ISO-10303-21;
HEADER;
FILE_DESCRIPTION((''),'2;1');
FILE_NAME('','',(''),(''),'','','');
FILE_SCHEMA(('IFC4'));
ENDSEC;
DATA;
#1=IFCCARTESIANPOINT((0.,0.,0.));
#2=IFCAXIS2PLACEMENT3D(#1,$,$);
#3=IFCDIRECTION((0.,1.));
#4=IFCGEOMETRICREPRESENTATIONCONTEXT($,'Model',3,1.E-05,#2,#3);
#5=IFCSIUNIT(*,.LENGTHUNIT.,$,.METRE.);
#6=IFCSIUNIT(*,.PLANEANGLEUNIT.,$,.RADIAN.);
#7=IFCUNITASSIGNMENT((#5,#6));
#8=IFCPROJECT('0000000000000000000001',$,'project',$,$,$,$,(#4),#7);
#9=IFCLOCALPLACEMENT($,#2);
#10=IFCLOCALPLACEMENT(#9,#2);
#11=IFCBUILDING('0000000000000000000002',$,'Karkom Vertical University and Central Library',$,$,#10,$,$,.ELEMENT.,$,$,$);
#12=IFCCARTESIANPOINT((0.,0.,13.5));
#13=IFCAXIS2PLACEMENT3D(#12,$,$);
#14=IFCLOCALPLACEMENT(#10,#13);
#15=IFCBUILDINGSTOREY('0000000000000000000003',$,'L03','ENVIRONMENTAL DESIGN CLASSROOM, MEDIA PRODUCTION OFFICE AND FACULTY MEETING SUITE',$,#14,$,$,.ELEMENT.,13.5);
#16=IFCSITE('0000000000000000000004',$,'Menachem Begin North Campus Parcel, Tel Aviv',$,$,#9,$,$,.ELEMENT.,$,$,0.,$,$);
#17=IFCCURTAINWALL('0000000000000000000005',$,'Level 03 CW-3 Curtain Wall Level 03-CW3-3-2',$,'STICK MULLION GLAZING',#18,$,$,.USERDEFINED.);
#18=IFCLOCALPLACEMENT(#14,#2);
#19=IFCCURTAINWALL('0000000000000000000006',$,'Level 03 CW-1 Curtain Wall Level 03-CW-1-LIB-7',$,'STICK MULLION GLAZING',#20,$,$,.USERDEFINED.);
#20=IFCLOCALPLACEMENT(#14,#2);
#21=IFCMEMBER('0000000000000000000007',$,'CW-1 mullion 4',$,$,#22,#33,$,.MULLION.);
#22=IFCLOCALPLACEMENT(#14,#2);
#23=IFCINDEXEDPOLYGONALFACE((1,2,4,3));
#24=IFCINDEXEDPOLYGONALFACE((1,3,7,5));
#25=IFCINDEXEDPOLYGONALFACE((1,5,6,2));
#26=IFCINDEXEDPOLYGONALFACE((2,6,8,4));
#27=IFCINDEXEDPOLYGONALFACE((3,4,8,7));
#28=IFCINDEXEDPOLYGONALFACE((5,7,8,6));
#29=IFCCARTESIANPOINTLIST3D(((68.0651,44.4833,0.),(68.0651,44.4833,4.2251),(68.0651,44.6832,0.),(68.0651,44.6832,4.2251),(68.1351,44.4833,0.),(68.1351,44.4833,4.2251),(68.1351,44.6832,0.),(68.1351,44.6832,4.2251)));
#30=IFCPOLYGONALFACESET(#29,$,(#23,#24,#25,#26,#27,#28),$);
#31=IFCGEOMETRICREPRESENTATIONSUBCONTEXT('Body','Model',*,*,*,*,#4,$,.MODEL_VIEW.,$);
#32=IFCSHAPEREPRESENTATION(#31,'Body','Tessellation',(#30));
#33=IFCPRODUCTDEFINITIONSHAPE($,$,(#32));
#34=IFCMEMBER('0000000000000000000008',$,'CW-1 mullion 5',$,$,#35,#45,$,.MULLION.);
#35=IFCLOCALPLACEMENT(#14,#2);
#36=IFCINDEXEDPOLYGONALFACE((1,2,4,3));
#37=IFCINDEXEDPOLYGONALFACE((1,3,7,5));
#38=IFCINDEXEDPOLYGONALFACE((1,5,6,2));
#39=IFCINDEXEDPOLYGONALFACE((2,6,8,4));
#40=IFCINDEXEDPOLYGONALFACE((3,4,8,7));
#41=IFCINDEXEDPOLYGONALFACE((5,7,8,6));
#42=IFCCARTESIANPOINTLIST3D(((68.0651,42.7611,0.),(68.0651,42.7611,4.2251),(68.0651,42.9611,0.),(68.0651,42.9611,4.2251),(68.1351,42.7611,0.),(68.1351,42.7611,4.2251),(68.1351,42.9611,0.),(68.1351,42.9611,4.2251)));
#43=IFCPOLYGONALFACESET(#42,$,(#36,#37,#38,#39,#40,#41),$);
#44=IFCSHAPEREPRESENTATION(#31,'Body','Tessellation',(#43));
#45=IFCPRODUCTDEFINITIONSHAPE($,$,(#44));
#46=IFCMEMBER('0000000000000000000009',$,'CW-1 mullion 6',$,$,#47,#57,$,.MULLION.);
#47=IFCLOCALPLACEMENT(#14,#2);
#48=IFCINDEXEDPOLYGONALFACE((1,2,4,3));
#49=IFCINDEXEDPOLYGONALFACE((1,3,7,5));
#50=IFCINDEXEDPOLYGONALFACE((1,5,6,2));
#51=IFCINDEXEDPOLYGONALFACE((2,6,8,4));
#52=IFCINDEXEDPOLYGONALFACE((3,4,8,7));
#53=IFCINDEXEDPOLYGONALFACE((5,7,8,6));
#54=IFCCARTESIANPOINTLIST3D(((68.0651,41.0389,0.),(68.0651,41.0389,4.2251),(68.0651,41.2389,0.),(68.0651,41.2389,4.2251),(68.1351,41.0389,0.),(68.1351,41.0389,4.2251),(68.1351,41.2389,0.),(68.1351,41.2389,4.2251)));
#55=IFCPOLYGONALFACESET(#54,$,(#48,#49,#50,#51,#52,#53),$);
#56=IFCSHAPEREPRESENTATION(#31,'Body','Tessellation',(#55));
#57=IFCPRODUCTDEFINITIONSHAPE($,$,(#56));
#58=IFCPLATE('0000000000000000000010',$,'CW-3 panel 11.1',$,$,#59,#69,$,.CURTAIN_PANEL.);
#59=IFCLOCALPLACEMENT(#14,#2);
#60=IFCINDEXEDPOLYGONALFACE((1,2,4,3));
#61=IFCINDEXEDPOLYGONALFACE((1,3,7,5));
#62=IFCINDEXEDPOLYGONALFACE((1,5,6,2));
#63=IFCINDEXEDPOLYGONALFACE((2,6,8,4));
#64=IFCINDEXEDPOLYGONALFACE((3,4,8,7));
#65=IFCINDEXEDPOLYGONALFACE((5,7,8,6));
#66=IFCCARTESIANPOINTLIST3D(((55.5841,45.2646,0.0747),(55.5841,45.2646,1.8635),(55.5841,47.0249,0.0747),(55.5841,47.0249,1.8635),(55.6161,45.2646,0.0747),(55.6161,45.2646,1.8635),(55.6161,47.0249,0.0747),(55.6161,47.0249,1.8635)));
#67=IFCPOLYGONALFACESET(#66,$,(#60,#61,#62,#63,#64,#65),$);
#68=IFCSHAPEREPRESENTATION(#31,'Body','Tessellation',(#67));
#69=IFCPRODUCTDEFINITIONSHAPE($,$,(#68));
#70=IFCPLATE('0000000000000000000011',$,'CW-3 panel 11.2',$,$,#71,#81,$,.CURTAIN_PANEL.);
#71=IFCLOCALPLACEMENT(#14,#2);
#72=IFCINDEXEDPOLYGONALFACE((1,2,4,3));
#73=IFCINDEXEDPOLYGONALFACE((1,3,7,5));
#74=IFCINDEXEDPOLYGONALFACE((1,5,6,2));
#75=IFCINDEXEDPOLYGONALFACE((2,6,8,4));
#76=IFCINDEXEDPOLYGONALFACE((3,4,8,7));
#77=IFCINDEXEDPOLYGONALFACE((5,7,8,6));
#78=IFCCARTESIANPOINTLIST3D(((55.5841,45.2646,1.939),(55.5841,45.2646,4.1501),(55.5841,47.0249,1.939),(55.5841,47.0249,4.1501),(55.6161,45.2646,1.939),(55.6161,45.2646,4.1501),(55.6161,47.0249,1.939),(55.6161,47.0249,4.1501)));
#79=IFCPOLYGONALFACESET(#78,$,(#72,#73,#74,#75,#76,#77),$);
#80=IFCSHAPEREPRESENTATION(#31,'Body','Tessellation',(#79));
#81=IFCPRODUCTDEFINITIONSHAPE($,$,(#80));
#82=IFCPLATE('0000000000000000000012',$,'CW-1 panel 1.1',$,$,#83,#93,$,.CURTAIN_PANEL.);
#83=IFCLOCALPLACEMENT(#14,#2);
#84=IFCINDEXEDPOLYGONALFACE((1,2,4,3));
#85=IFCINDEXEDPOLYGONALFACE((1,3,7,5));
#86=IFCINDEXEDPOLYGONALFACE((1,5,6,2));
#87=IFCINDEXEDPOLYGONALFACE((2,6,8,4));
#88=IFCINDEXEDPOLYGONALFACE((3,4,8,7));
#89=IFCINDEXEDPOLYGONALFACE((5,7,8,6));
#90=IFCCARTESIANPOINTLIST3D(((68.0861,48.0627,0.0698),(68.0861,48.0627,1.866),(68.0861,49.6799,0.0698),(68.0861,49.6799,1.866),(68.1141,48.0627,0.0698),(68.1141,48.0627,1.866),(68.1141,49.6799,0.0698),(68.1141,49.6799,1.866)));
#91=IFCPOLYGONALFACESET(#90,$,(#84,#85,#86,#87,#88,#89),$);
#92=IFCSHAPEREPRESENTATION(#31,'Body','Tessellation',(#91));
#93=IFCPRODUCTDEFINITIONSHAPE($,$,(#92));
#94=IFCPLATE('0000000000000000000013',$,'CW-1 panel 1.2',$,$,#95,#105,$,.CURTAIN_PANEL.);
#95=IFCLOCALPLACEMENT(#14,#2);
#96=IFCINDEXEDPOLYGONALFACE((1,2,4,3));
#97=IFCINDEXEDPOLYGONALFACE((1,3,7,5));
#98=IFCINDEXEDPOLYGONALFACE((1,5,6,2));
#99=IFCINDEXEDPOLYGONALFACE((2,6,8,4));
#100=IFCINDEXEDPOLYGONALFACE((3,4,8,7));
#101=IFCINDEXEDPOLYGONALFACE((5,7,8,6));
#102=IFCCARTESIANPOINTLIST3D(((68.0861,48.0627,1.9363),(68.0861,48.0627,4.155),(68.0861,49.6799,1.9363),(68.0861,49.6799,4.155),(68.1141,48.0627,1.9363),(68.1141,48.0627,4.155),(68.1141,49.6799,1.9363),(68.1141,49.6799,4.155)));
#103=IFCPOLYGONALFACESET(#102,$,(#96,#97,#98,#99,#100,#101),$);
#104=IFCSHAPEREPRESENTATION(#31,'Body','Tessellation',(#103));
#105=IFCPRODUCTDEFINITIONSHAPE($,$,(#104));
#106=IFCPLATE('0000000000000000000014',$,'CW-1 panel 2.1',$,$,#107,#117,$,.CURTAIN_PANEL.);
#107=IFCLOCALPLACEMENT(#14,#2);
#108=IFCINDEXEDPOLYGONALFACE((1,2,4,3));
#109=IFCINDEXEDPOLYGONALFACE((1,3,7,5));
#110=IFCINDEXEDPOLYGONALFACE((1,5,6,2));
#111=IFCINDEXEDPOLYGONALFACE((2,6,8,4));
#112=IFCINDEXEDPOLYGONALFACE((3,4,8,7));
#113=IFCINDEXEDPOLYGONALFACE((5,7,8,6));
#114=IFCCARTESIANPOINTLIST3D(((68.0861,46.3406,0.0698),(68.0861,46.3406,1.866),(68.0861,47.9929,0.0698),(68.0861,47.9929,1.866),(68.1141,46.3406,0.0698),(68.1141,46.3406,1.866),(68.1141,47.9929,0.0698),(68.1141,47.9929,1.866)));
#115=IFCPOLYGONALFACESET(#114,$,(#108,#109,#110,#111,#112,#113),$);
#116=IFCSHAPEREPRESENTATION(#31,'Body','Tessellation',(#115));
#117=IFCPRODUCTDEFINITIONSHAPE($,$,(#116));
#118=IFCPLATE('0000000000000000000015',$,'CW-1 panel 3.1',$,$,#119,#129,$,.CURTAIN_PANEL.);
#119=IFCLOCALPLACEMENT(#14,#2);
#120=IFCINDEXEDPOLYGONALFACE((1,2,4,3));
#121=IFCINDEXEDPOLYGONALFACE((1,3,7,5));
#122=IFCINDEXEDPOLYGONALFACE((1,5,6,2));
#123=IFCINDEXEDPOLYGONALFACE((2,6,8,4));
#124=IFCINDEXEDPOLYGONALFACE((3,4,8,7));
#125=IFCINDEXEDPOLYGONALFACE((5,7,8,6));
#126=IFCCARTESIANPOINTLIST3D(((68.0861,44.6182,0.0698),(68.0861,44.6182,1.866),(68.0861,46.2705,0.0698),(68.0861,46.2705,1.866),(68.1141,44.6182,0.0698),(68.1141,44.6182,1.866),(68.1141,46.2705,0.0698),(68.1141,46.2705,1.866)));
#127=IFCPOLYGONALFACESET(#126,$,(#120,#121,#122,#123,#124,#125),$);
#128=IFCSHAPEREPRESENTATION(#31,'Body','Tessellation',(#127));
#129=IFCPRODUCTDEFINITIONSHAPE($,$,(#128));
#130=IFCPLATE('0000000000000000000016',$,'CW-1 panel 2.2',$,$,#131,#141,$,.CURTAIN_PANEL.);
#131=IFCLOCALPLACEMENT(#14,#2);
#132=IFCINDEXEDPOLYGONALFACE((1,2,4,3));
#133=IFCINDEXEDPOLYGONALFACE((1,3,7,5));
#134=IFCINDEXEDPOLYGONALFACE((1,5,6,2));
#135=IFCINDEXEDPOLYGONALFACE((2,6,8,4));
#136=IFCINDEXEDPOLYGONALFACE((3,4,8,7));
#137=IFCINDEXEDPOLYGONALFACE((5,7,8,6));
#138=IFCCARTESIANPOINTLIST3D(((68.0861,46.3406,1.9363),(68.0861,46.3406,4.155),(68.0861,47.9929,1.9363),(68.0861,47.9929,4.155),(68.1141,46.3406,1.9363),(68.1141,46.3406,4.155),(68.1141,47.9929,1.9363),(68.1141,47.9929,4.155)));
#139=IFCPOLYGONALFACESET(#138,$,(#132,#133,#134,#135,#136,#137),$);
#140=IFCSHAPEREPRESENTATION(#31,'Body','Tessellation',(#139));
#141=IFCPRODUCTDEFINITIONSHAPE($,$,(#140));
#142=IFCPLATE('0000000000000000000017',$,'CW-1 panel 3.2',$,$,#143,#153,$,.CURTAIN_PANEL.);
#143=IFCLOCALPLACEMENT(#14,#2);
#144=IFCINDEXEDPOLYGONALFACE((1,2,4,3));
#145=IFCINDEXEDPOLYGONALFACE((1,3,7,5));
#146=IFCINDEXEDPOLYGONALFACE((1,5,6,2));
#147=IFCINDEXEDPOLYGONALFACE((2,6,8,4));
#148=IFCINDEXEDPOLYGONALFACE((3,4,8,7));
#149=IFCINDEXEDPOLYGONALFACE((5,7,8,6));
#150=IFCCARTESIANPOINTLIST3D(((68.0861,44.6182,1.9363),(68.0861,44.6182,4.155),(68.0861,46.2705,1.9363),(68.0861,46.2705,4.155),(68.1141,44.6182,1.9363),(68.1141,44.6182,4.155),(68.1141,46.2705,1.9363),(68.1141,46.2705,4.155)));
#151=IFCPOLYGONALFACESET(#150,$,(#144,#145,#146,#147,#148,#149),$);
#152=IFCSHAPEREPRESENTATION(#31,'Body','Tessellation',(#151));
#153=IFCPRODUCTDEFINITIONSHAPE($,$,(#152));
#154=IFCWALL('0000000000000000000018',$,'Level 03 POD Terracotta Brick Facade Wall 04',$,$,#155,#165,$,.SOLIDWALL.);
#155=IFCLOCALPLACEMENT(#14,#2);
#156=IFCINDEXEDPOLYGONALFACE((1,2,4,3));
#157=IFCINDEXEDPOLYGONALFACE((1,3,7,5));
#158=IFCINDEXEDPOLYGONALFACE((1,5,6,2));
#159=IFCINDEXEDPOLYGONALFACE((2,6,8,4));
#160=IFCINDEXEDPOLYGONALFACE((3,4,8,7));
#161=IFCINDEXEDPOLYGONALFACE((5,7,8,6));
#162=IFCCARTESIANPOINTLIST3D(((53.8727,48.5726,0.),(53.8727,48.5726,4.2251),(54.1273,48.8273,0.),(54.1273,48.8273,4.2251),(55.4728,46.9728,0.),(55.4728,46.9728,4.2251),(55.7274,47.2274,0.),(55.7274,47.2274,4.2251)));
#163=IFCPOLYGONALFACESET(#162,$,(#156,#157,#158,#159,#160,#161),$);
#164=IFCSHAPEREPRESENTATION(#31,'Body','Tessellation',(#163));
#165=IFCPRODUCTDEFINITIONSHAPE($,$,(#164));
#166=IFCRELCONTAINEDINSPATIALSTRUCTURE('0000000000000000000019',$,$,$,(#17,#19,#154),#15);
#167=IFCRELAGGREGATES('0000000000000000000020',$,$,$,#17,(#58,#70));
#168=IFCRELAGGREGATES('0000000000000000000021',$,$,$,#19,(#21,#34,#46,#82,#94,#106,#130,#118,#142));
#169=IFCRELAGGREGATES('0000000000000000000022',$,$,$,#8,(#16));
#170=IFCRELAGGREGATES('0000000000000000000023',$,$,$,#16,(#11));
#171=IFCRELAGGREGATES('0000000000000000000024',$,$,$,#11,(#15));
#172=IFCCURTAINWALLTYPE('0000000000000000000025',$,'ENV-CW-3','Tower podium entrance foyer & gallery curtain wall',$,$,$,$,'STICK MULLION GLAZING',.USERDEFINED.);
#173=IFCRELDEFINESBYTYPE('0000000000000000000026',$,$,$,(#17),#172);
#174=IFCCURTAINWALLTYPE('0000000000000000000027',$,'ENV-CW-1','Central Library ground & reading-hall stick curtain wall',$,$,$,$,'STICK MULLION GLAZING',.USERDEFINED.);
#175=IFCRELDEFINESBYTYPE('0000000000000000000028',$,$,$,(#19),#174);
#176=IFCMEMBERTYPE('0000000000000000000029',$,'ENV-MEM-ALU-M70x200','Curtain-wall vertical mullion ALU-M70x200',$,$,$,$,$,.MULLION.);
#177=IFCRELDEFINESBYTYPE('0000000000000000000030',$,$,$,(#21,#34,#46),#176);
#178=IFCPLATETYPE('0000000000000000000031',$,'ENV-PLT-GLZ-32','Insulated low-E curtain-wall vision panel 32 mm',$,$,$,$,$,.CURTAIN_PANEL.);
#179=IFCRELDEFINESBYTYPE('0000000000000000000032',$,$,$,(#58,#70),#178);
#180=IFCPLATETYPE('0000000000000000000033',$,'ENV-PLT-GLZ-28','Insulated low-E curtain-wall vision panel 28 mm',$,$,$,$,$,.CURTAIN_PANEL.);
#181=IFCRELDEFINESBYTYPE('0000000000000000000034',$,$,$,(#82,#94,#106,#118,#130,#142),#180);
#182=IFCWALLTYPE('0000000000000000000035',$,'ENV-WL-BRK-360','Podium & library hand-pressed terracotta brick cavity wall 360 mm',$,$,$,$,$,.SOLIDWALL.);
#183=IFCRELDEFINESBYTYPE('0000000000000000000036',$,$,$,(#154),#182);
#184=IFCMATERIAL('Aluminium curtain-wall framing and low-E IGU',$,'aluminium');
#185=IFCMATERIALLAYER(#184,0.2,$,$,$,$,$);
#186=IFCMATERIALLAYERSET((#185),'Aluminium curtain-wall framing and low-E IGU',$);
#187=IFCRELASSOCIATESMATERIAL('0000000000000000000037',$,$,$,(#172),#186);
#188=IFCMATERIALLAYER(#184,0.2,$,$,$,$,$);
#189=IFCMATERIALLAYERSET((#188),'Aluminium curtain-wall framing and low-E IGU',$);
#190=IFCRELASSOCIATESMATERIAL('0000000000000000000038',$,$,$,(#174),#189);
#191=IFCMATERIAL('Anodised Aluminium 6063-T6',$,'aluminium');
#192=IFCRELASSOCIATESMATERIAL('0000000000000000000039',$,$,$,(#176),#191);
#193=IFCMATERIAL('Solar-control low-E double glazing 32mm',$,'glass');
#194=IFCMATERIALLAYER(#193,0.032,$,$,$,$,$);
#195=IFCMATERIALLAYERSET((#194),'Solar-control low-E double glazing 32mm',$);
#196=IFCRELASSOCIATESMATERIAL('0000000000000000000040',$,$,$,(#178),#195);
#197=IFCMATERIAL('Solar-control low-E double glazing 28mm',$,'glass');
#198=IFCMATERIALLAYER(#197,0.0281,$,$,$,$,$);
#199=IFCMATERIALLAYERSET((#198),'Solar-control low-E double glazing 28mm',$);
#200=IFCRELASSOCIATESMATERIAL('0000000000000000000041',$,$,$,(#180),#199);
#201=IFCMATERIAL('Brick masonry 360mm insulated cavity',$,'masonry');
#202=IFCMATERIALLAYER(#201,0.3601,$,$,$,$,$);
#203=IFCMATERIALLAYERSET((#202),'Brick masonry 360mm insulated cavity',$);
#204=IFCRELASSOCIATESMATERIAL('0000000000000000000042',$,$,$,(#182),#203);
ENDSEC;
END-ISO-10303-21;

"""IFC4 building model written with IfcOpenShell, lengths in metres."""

from ifc_helpers import new_model, si_unit, direction, frame, frame_2d, origin, origin_with_axes, origin_2d, place, context, subcontext, project, spatial, rectangle, extrude, source, transform, mapped, material, layer, layer_set, material_profile, profile_set, type_object, element, aggregate, save


model = new_model("IFC4")

# Units and contexts
model_context = context("Model", 3, precision=1e-05, world=origin(), true_north=direction((0.0, 1.0)))
body_context = subcontext(model_context, "Body", "Model", "MODEL_VIEW")
ifc_project = project(units=[si_unit("LENGTHUNIT", "METRE"), si_unit("PLANEANGLEUNIT", "RADIAN")], contexts=[model_context])

# Site, building, storey
site_placement = place(None, origin())
site = spatial("IfcSite", under=ifc_project, at=site_placement, Name="Menachem Begin North Campus Parcel, Tel Aviv", CompositionType="ELEMENT", RefElevation=0.0)
building_placement = place(site_placement, origin())
building = spatial("IfcBuilding", under=site, at=building_placement, Name="Karkom Vertical University and Central Library", CompositionType="ELEMENT")
storey_placement = place(building_placement, frame((0.0, 0.0, 13.5)))
storey = spatial("IfcBuildingStorey", under=building, at=storey_placement, Name="L03", Description="ENVIRONMENTAL DESIGN CLASSROOM, MEDIA PRODUCTION OFFICE AND FACULTY MEETING SUITE", CompositionType="ELEMENT", Elevation=13.5)

# Curtain wall
ifc_material_1 = material(Name="Aluminium curtain-wall framing and low-E IGU", Category="aluminium")
ifc_layer_1 = layer(ifc_material_1, 0.2)
ifc_layer_set_1 = layer_set([ifc_layer_1], Name="Aluminium curtain-wall framing and low-E IGU")
curtain_wall_type_1 = type_object("IfcCurtainWallType", Name="ENV-CW-3", Description="Tower podium entrance foyer & gallery curtain wall", ElementType="STICK MULLION GLAZING", PredefinedType="USERDEFINED", material=ifc_layer_set_1)
curtain_wall_1_placement = place(storey_placement, origin())
curtain_wall_1 = element("IfcCurtainWall", 1, at=curtain_wall_1_placement, inside=storey, type_object=curtain_wall_type_1, Name="Level 03 CW-3 Curtain Wall Level 03-CW3-3-2", ObjectType="STICK MULLION GLAZING", PredefinedType="USERDEFINED")
ifc_material_2 = material(Name="Anodised Aluminium 6063-T6", Category="aluminium")

# Curtain wall, members
ifc_layer_2 = layer(ifc_material_1, 0.2)
ifc_layer_set_2 = layer_set([ifc_layer_2], Name="Aluminium curtain-wall framing and low-E IGU")
curtain_wall_type_2 = type_object("IfcCurtainWallType", Name="ENV-CW-1", Description="Central Library ground & reading-hall stick curtain wall", ElementType="STICK MULLION GLAZING", PredefinedType="USERDEFINED", material=ifc_layer_set_2)
curtain_wall_2_placement = place(storey_placement, origin())
curtain_wall_2 = element("IfcCurtainWall", 2, at=curtain_wall_2_placement, inside=storey, type_object=curtain_wall_type_2, Name="Level 03 CW-1 Curtain Wall Level 03-CW-1-LIB-7", ObjectType="STICK MULLION GLAZING", PredefinedType="USERDEFINED")
ifc_material_profile_1 = material_profile(ifc_material_2, rectangle(XDim=0.0701, YDim=0.2, at=origin_2d()), Name="ALU-M70x200")
ifc_profile_set_1 = profile_set([ifc_material_profile_1], Name="Anodised Aluminium 6063-T6")
member_type_1 = type_object("IfcMemberType", Name="ENV-MEM-ALU-M70x200", Description="Curtain-wall vertical mullion ALU-M70x200", PredefinedType="MULLION", material=ifc_profile_set_1)
shared_shape_1 = source(origin_with_axes(), body_context, "Body", "SweptSolid", [
    extrude(rectangle(XDim=0.0701, YDim=0.2, at=origin_2d()), origin(), (0.0, 0.0, 1.0), 4.2251),
])
member_1_placement = place(storey_placement, frame((68.1001, 44.5833, 0.0), z_axis=(0.0, 0.0, 1.0), x_axis=(1.0, 0.0, 0.0)))
member_1 = element("IfcMember", 3, at=member_1_placement, type_object=member_type_1, Name="CW-1 mullion 4", PredefinedType="MULLION", context=body_context, shape_type="MappedRepresentation", body=[
    mapped(shared_shape_1, transform((0.0, 0.0, 0.0), scale=1.0)),
])
member_2_placement = place(storey_placement, frame((68.1001, 42.8611, 0.0), z_axis=(0.0, 0.0, 1.0), x_axis=(1.0, 0.0, 0.0)))
member_2 = element("IfcMember", 4, at=member_2_placement, type_object=member_type_1, Name="CW-1 mullion 5", PredefinedType="MULLION", context=body_context, shape_type="MappedRepresentation", body=[
    mapped(shared_shape_1, transform((0.0, 0.0, 0.0), scale=1.0)),
])
member_3_placement = place(storey_placement, frame((68.1001, 41.1389, 0.0), z_axis=(0.0, 0.0, 1.0), x_axis=(1.0, 0.0, 0.0)))
member_3 = element("IfcMember", 5, at=member_3_placement, type_object=member_type_1, Name="CW-1 mullion 6", PredefinedType="MULLION", context=body_context, shape_type="MappedRepresentation", body=[
    mapped(shared_shape_1, transform((0.0, 0.0, 0.0), scale=1.0)),
])

# Plates
ifc_material_3 = material(Name="Solar-control low-E double glazing 32mm", Category="glass")
ifc_layer_3 = layer(ifc_material_3, 0.032)
ifc_layer_set_3 = layer_set([ifc_layer_3], Name="Solar-control low-E double glazing 32mm")
plate_type_1 = type_object("IfcPlateType", Name="ENV-PLT-GLZ-32", Description="Insulated low-E curtain-wall vision panel 32 mm", PredefinedType="CURTAIN_PANEL", material=ifc_layer_set_3)
shared_shape_2 = source(origin_with_axes(), body_context, "Body", "SweptSolid", [
    extrude(rectangle(XDim=1.7603, YDim=0.032, at=origin_2d()), origin(), (0.0, 0.0, 1.0), 1.7888),
])
plate_1_placement = place(storey_placement, frame((55.6001, 46.1448, 0.0747), z_axis=(0.0, 0.0, 1.0), x_axis=(0.0, 1.0, 0.0)))
plate_1 = element("IfcPlate", 6, at=plate_1_placement, type_object=plate_type_1, Name="CW-3 panel 11.1", PredefinedType="CURTAIN_PANEL", context=body_context, shape_type="MappedRepresentation", body=[
    mapped(shared_shape_2, transform((0.0, 0.0, 0.0), scale=1.0)),
])
shared_shape_3 = source(origin_with_axes(), body_context, "Body", "SweptSolid", [
    extrude(rectangle(XDim=1.7603, YDim=0.032, at=origin_2d()), origin(), (0.0, 0.0, 1.0), 2.2112),
])
plate_2_placement = place(storey_placement, frame((55.6001, 46.1448, 1.939), z_axis=(0.0, 0.0, 1.0), x_axis=(0.0, 1.0, 0.0)))
plate_2 = element("IfcPlate", 7, at=plate_2_placement, type_object=plate_type_1, Name="CW-3 panel 11.2", PredefinedType="CURTAIN_PANEL", context=body_context, shape_type="MappedRepresentation", body=[
    mapped(shared_shape_3, transform((0.0, 0.0, 0.0), scale=1.0)),
])
aggregate(curtain_wall_1, [plate_1, plate_2])
ifc_material_4 = material(Name="Solar-control low-E double glazing 28mm", Category="glass")
ifc_layer_4 = layer(ifc_material_4, 0.0281)
ifc_layer_set_4 = layer_set([ifc_layer_4], Name="Solar-control low-E double glazing 28mm")
plate_type_2 = type_object("IfcPlateType", Name="ENV-PLT-GLZ-28", Description="Insulated low-E curtain-wall vision panel 28 mm", PredefinedType="CURTAIN_PANEL", material=ifc_layer_set_4)
shared_shape_4 = source(origin_with_axes(), body_context, "Body", "SweptSolid", [
    extrude(rectangle(XDim=1.6172, YDim=0.0281, at=origin_2d()), origin(), (0.0, 0.0, 1.0), 1.7961),
])
plate_3_placement = place(storey_placement, frame((68.1001, 48.8713, 0.0698), z_axis=(0.0, 0.0, 1.0), x_axis=(0.0, -1.0, 0.0)))
plate_3 = element("IfcPlate", 8, at=plate_3_placement, type_object=plate_type_2, Name="CW-1 panel 1.1", PredefinedType="CURTAIN_PANEL", context=body_context, shape_type="MappedRepresentation", body=[
    mapped(shared_shape_4, transform((0.0, 0.0, 0.0), scale=1.0)),
])
shared_shape_5 = source(origin_with_axes(), body_context, "Body", "SweptSolid", [
    extrude(rectangle(XDim=1.6172, YDim=0.0281, at=origin_2d()), origin(), (0.0, 0.0, 1.0), 2.2188),
])
plate_4_placement = place(storey_placement, frame((68.1001, 48.8713, 1.9363), z_axis=(0.0, 0.0, 1.0), x_axis=(0.0, -1.0, 0.0)))
plate_4 = element("IfcPlate", 9, at=plate_4_placement, type_object=plate_type_2, Name="CW-1 panel 1.2", PredefinedType="CURTAIN_PANEL", context=body_context, shape_type="MappedRepresentation", body=[
    mapped(shared_shape_5, transform((0.0, 0.0, 0.0), scale=1.0)),
])
shared_shape_6 = source(origin_with_axes(), body_context, "Body", "SweptSolid", [
    extrude(rectangle(XDim=1.6523, YDim=0.0281, at=origin_2d()), origin(), (0.0, 0.0, 1.0), 1.7961),
])
plate_5_placement = place(storey_placement, frame((68.1001, 47.1667, 0.0698), z_axis=(0.0, 0.0, 1.0), x_axis=(0.0, -1.0, 0.0)))
plate_5 = element("IfcPlate", 10, at=plate_5_placement, type_object=plate_type_2, Name="CW-1 panel 2.1", PredefinedType="CURTAIN_PANEL", context=body_context, shape_type="MappedRepresentation", body=[
    mapped(shared_shape_6, transform((0.0, 0.0, 0.0), scale=1.0)),
])
plate_6_placement = place(storey_placement, frame((68.1001, 45.4443, 0.0698), z_axis=(0.0, 0.0, 1.0), x_axis=(0.0, -1.0, 0.0)))
plate_6 = element("IfcPlate", 11, at=plate_6_placement, type_object=plate_type_2, Name="CW-1 panel 3.1", PredefinedType="CURTAIN_PANEL", context=body_context, shape_type="MappedRepresentation", body=[
    mapped(shared_shape_6, transform((0.0, 0.0, 0.0), scale=1.0)),
])
shared_shape_7 = source(origin_with_axes(), body_context, "Body", "SweptSolid", [
    extrude(rectangle(XDim=1.6523, YDim=0.0281, at=origin_2d()), origin(), (0.0, 0.0, 1.0), 2.2188),
])
plate_7_placement = place(storey_placement, frame((68.1001, 47.1667, 1.9363), z_axis=(0.0, 0.0, 1.0), x_axis=(0.0, -1.0, 0.0)))
plate_7 = element("IfcPlate", 12, at=plate_7_placement, type_object=plate_type_2, Name="CW-1 panel 2.2", PredefinedType="CURTAIN_PANEL", context=body_context, shape_type="MappedRepresentation", body=[
    mapped(shared_shape_7, transform((0.0, 0.0, 0.0), scale=1.0)),
])
plate_8_placement = place(storey_placement, frame((68.1001, 45.4443, 1.9363), z_axis=(0.0, 0.0, 1.0), x_axis=(0.0, -1.0, 0.0)))
plate_8 = element("IfcPlate", 13, at=plate_8_placement, type_object=plate_type_2, Name="CW-1 panel 3.2", PredefinedType="CURTAIN_PANEL", context=body_context, shape_type="MappedRepresentation", body=[
    mapped(shared_shape_7, transform((0.0, 0.0, 0.0), scale=1.0)),
])
aggregate(curtain_wall_2, [member_1, member_2, member_3, plate_3, plate_4, plate_5, plate_7, plate_6, plate_8])

# Wall
ifc_material_5 = material(Name="Brick masonry 360mm insulated cavity", Category="masonry")
ifc_layer_5 = layer(ifc_material_5, 0.3601)
ifc_layer_set_5 = layer_set([ifc_layer_5], Name="Brick masonry 360mm insulated cavity")
wall_type = type_object("IfcWallType", Name="ENV-WL-BRK-360", Description="Podium & library hand-pressed terracotta brick cavity wall 360 mm", PredefinedType="SOLIDWALL", material=ifc_layer_set_5)
wall_placement = place(storey_placement, frame((55.6001, 47.1001, 0.0), z_axis=(0.0, 0.0, 1.0), x_axis=(-0.707161, 0.707053, 0.0)))
element("IfcWall", 14, at=wall_placement, inside=storey, type_object=wall_type, Name="Level 03 POD Terracotta Brick Facade Wall 04", PredefinedType="SOLIDWALL", context=body_context, shape_type="SweptSolid", body=[
    extrude(rectangle(XDim=2.2627, YDim=0.3601, at=frame_2d((1.1313, 0.0))), origin(), (0.0, 0.0, 1.0), 4.2251),
])

save(model, "model.ifc")
